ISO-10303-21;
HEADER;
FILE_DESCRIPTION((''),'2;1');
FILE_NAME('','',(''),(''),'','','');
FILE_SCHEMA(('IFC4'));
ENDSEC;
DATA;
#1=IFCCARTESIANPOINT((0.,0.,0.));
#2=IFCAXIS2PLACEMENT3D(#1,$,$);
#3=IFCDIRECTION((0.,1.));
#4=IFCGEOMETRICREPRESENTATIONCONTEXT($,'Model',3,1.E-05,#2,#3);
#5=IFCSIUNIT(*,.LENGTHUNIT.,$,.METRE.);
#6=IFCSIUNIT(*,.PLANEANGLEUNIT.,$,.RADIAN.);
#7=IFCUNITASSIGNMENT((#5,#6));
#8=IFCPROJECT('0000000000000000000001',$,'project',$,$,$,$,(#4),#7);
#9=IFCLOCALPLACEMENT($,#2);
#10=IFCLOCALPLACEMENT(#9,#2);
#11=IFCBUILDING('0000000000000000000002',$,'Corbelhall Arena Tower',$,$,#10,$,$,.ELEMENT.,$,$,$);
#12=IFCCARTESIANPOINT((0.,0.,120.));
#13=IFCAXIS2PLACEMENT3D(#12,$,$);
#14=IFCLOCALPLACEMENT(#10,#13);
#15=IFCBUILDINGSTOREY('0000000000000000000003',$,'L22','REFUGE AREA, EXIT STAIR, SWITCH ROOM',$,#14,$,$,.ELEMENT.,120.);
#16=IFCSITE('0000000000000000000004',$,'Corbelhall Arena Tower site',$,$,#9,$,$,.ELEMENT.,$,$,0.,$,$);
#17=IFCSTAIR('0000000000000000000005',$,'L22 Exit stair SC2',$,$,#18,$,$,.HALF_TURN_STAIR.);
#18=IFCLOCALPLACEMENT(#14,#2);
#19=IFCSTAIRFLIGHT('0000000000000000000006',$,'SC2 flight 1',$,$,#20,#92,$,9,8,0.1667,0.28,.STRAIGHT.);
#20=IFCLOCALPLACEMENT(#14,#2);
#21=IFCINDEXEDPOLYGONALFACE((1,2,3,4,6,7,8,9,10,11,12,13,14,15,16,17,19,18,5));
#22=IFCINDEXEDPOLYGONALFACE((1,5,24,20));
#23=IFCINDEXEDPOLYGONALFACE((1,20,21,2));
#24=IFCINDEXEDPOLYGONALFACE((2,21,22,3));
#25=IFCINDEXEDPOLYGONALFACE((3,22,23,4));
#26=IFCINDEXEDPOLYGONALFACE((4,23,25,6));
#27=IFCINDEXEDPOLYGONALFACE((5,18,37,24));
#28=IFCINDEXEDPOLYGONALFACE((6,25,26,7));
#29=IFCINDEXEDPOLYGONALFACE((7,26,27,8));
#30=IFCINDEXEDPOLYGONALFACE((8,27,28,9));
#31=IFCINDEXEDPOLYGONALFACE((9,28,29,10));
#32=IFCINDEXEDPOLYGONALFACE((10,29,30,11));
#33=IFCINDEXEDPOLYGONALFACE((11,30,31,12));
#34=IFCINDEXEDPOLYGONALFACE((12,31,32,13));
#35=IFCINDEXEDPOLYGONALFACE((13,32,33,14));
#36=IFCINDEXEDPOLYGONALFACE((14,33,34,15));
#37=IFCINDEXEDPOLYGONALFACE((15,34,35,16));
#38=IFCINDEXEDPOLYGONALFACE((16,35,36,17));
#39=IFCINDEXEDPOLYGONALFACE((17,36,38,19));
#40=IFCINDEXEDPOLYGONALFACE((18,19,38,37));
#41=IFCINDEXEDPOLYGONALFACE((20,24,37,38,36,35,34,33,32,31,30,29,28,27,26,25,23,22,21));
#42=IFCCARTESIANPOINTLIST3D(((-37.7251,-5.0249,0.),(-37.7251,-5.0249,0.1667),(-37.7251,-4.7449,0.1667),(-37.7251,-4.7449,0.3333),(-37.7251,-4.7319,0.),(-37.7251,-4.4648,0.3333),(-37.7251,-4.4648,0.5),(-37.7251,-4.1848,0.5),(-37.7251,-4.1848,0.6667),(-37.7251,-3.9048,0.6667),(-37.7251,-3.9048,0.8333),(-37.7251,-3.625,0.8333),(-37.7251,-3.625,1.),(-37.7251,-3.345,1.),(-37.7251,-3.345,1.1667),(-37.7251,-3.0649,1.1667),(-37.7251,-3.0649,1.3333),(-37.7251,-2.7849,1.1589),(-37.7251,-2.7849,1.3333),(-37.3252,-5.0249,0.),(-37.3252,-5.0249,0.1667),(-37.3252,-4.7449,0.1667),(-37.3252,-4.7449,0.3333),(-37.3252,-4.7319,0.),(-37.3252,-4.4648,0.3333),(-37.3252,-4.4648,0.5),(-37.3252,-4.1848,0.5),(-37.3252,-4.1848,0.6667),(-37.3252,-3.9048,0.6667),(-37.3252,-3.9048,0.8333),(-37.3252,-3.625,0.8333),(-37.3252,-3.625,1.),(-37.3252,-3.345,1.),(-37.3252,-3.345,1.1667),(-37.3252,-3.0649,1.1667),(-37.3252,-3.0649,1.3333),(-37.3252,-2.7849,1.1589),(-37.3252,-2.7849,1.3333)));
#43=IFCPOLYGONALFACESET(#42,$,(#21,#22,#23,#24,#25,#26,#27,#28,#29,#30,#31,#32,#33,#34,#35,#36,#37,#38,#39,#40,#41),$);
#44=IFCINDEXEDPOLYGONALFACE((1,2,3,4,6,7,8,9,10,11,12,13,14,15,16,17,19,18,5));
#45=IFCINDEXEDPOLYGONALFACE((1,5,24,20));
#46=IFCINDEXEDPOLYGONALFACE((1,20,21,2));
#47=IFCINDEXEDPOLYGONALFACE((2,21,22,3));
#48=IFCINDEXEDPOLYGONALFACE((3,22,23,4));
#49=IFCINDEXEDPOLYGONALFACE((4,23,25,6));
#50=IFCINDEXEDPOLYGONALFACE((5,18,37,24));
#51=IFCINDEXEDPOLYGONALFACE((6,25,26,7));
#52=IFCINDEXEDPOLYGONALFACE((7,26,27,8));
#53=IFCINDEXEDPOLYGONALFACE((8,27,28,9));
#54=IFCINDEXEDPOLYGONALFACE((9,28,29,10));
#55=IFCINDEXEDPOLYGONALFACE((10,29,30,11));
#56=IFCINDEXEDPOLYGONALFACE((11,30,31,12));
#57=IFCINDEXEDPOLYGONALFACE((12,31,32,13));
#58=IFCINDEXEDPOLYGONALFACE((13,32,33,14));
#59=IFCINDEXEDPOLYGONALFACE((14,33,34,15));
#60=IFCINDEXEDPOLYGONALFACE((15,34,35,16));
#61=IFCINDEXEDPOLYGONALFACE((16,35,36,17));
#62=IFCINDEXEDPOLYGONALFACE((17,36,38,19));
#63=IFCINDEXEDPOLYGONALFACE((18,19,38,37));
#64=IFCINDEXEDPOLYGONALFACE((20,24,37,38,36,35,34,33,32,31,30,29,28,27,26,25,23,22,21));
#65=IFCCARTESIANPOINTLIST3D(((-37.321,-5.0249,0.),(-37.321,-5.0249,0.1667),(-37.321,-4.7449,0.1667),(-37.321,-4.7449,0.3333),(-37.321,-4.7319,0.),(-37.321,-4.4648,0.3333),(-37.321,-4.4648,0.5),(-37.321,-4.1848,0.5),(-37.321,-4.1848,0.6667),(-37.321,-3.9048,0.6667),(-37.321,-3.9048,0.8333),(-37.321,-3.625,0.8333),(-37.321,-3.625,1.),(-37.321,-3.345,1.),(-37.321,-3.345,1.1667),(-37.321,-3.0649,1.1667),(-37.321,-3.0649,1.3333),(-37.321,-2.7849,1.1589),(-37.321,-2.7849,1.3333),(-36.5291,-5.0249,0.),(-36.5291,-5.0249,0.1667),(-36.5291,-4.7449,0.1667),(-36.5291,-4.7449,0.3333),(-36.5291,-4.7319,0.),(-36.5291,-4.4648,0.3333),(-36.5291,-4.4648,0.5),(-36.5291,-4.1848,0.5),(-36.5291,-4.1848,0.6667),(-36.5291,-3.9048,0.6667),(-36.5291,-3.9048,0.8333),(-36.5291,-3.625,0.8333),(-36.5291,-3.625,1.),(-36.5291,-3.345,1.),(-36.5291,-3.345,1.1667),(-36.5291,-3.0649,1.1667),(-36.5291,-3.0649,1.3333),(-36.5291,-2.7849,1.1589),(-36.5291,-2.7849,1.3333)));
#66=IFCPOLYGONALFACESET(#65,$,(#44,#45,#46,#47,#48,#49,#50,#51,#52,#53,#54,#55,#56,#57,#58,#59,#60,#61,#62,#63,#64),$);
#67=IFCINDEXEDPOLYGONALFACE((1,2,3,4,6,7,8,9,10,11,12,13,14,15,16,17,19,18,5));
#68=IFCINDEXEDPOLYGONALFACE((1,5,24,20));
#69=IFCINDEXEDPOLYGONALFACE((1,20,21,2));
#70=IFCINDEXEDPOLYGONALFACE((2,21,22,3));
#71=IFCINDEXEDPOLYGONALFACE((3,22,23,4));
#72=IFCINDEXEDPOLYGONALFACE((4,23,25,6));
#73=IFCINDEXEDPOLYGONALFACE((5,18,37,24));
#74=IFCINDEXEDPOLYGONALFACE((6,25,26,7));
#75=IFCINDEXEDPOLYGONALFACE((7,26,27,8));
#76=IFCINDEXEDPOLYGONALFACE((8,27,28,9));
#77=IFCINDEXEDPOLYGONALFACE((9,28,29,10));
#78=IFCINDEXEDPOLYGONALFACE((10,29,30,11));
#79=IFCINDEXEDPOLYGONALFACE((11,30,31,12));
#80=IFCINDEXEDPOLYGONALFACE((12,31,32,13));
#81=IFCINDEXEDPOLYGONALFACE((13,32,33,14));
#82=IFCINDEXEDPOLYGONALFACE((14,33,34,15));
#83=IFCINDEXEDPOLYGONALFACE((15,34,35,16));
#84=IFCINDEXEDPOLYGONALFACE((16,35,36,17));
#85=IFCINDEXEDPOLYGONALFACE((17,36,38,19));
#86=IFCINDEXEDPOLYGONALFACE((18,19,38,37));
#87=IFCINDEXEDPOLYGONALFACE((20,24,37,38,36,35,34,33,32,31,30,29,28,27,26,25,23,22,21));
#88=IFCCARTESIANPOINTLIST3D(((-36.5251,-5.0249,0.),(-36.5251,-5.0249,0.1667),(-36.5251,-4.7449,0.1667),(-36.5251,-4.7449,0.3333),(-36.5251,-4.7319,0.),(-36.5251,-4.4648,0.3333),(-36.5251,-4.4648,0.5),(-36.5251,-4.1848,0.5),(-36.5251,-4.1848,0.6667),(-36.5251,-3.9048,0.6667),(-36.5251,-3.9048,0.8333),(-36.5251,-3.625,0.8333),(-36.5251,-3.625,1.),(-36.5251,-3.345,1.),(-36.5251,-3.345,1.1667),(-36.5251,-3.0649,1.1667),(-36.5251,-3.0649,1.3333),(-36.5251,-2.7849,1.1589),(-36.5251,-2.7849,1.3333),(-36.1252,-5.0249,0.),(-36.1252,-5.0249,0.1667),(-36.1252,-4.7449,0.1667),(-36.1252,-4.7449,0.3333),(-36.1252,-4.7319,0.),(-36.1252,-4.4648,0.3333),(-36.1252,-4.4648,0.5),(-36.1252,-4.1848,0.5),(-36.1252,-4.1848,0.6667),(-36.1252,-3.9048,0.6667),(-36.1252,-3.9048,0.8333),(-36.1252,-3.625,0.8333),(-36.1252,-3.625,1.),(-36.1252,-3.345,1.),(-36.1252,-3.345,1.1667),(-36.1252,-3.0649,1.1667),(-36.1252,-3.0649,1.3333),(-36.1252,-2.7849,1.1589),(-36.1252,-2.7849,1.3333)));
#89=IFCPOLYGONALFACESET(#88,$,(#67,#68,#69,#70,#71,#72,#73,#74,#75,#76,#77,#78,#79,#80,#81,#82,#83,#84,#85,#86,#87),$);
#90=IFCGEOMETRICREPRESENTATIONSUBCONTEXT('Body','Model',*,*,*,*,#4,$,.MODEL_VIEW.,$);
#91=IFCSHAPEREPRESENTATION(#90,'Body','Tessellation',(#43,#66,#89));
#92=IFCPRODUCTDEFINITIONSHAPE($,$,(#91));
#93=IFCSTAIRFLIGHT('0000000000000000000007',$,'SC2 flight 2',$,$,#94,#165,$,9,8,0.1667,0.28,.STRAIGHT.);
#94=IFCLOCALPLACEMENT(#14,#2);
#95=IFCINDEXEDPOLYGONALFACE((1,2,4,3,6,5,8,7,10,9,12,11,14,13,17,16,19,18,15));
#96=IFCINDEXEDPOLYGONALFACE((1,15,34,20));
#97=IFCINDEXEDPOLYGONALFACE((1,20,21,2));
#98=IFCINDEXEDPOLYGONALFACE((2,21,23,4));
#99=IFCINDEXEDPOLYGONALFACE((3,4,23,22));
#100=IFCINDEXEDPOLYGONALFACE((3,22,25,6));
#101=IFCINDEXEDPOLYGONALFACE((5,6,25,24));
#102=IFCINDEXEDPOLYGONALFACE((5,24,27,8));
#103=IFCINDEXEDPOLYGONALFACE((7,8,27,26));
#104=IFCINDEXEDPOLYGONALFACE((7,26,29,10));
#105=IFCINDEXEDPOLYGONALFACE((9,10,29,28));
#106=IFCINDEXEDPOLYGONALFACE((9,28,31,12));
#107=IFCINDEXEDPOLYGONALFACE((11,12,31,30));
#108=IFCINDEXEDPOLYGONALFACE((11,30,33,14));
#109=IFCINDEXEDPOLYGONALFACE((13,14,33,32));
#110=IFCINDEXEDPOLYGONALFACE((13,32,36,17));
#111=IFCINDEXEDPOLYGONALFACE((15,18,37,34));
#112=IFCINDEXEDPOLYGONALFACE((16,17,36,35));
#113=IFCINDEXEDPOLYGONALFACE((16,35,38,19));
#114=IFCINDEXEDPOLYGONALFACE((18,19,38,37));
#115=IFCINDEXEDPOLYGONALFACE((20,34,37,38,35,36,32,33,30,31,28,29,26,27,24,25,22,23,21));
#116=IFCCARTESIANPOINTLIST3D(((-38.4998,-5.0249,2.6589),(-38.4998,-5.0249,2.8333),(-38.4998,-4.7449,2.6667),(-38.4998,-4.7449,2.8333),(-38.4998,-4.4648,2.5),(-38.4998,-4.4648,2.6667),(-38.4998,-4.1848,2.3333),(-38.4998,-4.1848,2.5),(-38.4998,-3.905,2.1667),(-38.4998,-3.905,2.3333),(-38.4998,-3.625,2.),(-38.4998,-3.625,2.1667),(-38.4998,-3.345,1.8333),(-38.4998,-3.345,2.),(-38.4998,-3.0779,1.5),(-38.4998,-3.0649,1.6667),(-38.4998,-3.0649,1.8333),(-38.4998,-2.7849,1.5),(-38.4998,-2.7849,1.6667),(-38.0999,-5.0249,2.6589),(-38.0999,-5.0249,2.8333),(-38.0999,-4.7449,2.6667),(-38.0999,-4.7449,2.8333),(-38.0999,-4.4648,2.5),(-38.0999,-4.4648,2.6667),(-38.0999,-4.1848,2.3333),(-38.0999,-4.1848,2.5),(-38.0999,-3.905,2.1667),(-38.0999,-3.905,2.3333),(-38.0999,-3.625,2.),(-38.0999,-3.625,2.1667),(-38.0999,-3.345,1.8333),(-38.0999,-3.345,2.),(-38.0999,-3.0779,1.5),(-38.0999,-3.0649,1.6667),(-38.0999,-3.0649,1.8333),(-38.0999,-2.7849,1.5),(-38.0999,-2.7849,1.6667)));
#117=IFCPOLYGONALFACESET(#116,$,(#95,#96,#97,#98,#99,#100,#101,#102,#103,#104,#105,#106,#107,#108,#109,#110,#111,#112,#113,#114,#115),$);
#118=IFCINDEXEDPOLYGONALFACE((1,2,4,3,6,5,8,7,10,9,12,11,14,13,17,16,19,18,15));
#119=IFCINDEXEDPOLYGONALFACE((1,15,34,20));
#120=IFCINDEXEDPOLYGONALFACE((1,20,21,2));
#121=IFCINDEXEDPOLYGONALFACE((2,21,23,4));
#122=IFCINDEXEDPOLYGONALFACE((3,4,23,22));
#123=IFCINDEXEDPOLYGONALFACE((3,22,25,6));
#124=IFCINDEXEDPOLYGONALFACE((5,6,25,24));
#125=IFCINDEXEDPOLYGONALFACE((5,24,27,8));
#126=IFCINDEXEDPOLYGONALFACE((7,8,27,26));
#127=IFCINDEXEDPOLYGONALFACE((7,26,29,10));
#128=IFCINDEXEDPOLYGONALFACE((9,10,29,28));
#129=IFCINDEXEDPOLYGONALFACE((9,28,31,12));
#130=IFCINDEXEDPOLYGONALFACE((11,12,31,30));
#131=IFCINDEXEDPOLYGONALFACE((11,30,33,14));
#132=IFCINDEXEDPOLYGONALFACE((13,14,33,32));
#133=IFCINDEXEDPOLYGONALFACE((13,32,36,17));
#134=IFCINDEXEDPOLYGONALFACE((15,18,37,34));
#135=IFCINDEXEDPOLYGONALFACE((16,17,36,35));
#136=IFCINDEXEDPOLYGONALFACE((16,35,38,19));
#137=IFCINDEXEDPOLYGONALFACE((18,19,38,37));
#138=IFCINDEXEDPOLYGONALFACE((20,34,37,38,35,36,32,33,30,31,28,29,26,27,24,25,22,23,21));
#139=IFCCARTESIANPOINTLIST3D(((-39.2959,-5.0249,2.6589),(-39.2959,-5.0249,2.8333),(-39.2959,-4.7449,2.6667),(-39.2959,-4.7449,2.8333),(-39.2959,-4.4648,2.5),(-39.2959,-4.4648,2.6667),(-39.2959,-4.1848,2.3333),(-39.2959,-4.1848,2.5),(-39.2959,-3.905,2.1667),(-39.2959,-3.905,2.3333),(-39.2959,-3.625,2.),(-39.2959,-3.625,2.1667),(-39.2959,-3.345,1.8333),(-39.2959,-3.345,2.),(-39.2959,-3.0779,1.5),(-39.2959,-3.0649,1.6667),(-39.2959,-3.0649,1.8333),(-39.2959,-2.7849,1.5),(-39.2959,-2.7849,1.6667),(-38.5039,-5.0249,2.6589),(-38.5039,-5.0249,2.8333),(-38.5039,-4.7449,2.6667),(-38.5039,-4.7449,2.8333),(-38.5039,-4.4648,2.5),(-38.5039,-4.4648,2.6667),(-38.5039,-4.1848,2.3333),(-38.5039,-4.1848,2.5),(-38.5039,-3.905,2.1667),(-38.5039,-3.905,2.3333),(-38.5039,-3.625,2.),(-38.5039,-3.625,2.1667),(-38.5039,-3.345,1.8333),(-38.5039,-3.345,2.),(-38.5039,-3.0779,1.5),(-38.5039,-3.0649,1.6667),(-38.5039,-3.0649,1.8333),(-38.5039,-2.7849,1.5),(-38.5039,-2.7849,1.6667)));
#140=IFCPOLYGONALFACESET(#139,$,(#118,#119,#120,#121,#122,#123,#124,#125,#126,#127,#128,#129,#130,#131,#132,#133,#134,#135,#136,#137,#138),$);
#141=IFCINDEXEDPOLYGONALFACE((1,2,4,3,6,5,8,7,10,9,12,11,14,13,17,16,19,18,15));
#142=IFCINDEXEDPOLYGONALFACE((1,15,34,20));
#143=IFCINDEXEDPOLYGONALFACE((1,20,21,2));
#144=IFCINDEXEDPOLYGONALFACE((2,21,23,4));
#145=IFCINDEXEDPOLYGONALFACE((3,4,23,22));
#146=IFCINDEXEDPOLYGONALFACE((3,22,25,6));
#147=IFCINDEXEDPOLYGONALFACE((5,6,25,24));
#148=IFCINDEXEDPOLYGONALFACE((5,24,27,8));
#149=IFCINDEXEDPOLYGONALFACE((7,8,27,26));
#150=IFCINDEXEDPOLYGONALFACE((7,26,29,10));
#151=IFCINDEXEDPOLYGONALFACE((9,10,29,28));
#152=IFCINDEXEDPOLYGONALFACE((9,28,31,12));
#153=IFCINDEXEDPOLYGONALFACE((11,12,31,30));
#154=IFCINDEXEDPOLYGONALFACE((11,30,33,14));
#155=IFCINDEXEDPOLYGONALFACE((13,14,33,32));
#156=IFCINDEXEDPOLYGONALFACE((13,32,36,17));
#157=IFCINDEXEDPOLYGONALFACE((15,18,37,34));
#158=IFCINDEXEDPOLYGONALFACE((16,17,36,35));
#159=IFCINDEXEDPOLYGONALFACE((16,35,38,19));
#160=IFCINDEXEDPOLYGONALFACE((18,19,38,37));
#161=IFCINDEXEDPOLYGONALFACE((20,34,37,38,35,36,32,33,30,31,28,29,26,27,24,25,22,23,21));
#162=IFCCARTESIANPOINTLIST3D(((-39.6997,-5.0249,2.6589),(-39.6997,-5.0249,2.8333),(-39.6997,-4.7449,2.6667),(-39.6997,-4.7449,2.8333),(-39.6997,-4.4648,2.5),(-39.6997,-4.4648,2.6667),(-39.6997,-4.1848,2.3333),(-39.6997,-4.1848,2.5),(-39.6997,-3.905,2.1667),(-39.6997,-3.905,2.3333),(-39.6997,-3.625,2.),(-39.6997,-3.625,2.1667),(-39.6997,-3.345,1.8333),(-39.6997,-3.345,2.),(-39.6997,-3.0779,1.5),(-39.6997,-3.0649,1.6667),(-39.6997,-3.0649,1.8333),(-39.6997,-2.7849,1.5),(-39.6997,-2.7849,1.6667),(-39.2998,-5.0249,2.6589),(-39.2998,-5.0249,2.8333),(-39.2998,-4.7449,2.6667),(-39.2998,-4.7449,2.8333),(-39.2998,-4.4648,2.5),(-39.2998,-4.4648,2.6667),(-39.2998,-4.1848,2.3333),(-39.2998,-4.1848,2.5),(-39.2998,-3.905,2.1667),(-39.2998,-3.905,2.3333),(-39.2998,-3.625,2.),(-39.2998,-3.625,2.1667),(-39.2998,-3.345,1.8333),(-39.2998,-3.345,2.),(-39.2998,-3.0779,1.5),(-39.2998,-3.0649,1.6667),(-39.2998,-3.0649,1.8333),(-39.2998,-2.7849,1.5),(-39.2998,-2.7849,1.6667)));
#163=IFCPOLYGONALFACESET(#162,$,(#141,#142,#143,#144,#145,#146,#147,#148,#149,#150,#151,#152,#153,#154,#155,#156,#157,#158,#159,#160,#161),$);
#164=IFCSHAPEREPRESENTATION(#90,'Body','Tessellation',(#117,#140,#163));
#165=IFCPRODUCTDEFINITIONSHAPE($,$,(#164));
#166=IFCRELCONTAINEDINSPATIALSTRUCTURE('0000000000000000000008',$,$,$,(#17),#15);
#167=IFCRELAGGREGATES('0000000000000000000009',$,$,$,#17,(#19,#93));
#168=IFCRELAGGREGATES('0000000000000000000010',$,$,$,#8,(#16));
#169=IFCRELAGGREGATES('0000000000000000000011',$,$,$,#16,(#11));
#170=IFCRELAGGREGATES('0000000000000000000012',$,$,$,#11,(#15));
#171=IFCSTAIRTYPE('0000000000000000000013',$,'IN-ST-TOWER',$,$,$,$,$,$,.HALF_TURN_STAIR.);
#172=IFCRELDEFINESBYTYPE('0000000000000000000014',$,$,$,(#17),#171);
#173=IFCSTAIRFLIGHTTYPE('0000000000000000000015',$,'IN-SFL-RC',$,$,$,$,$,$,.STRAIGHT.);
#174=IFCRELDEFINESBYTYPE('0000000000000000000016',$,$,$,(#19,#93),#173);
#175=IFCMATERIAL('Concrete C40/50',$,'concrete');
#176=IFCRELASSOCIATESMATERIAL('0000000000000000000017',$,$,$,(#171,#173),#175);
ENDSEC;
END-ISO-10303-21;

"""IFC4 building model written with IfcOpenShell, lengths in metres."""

from ifc_helpers import new_model, si_unit, direction, frame, origin, place, context, subcontext, project, spatial, polyline, outline, extrude, material, type_object, element, aggregate, save


model = new_model("IFC4")

# Units and contexts
model_context = context("Model", 3, precision=1e-05, world=origin(), true_north=direction((0.0, 1.0)))
body_context = subcontext(model_context, "Body", "Model", "MODEL_VIEW")
ifc_project = project(units=[si_unit("LENGTHUNIT", "METRE"), si_unit("PLANEANGLEUNIT", "RADIAN")], contexts=[model_context])

# Site, building, storey
site_placement = place(None, origin())
site = spatial("IfcSite", under=ifc_project, at=site_placement, Name="Corbelhall Arena Tower site", CompositionType="ELEMENT", RefElevation=0.0)
building_placement = place(site_placement, origin())
building = spatial("IfcBuilding", under=site, at=building_placement, Name="Corbelhall Arena Tower", CompositionType="ELEMENT")
storey_placement = place(building_placement, frame((0.0, 0.0, 120.0)))
storey = spatial("IfcBuildingStorey", under=building, at=storey_placement, Name="L22", Description="REFUGE AREA, EXIT STAIR, SWITCH ROOM", CompositionType="ELEMENT", Elevation=120.0)

# Shared definitions
ifc_material_1 = material(Name="Concrete C40/50", Category="concrete")

# Stair, stair flights
stair_type = type_object("IfcStairType", Name="IN-ST-TOWER", PredefinedType="HALF_TURN_STAIR", material=ifc_material_1)
stair_placement = place(storey_placement, origin())
stair = element("IfcStair", 1, at=stair_placement, inside=storey, type_object=stair_type, Name="L22 Exit stair SC2", PredefinedType="HALF_TURN_STAIR")
stair_flight_type = type_object("IfcStairFlightType", Name="IN-SFL-RC", PredefinedType="STRAIGHT", material=ifc_material_1)
stair_flight_1_placement = place(storey_placement, frame((-36.925, -5.0249, 0.0), z_axis=(0.0, 0.0, 1.0), x_axis=(0.0, 1.0, 0.0)))
stair_flight_1 = element("IfcStairFlight", 2, at=stair_flight_1_placement, type_object=stair_flight_type, Name="SC2 flight 1", NumberOfRisers=9, NumberOfTreads=8, PredefinedType="STRAIGHT", RiserHeight=0.1667, TreadLength=0.28, context=body_context, shape_type="SweptSolid", body=[
    extrude(outline(polyline([(0.0, 0.0), (0.0, 0.1667), (0.28, 0.1667), (0.28, 0.3333), (0.5601, 0.3333), (0.5601, 0.5), (0.8401, 0.5), (0.8401, 0.6667), (1.1201, 0.6667), (1.1201, 0.8333), (1.3999, 0.8333), (1.3999, 1.0), (1.6799, 1.0), (1.6799, 1.1667), (1.96, 1.1667), (1.96, 1.3333), (2.24, 1.3333), (2.24, 1.5), (2.24, 1.1589), (0.293, 0.0), (0.0, 0.0)])), frame((0.0, 0.8, 0.0), z_axis=(0.0, -1.0, 0.0), x_axis=(1.0, 0.0, 0.0)), (0.0, 0.0, 1.0), 0.3999),
    extrude(outline(polyline([(0.0, 0.0), (0.0, 0.1667), (0.28, 0.1667), (0.28, 0.3333), (0.5601, 0.3333), (0.5601, 0.5), (0.8401, 0.5), (0.8401, 0.6667), (1.1201, 0.6667), (1.1201, 0.8333), (1.3999, 0.8333), (1.3999, 1.0), (1.6799, 1.0), (1.6799, 1.1667), (1.96, 1.1667), (1.96, 1.3333), (2.24, 1.3333), (2.24, 1.5), (2.24, 1.1589), (0.293, 0.0), (0.0, 0.0)])), frame((0.0, 0.396, 0.0), z_axis=(0.0, -1.0, 0.0), x_axis=(1.0, 0.0, 0.0)), (0.0, 0.0, 1.0), 0.792),
    extrude(outline(polyline([(0.0, 0.0), (0.0, 0.1667), (0.28, 0.1667), (0.28, 0.3333), (0.5601, 0.3333), (0.5601, 0.5), (0.8401, 0.5), (0.8401, 0.6667), (1.1201, 0.6667), (1.1201, 0.8333), (1.3999, 0.8333), (1.3999, 1.0), (1.6799, 1.0), (1.6799, 1.1667), (1.96, 1.1667), (1.96, 1.3333), (2.24, 1.3333), (2.24, 1.5), (2.24, 1.1589), (0.293, 0.0), (0.0, 0.0)])), frame((0.0, -0.3999, 0.0), z_axis=(0.0, -1.0, 0.0), x_axis=(1.0, 0.0, 0.0)), (0.0, 0.0, 1.0), 0.3999),
])
stair_flight_2_placement = place(storey_placement, frame((-38.8999, -2.7849, 1.5), z_axis=(0.0, 0.0, 1.0), x_axis=(0.0, -1.0, 0.0)))
stair_flight_2 = element("IfcStairFlight", 3, at=stair_flight_2_placement, type_object=stair_flight_type, Name="SC2 flight 2", NumberOfRisers=9, NumberOfTreads=8, PredefinedType="STRAIGHT", RiserHeight=0.1667, TreadLength=0.28, context=body_context, shape_type="SweptSolid", body=[
    extrude(outline(polyline([(0.0, 0.0), (0.0, 0.1667), (0.28, 0.1667), (0.28, 0.3333), (0.5601, 0.3333), (0.5601, 0.5), (0.8401, 0.5), (0.8401, 0.6667), (1.1201, 0.6667), (1.1201, 0.8333), (1.3999, 0.8333), (1.3999, 1.0), (1.6799, 1.0), (1.6799, 1.1667), (1.96, 1.1667), (1.96, 1.3333), (2.24, 1.3333), (2.24, 1.5), (2.24, 1.1589), (0.293, 0.0), (0.0, 0.0)])), frame((0.0, 0.8, 0.0), z_axis=(0.0, -1.0, 0.0), x_axis=(1.0, 0.0, 0.0)), (0.0, 0.0, 1.0), 0.3999),
    extrude(outline(polyline([(0.0, 0.0), (0.0, 0.1667), (0.28, 0.1667), (0.28, 0.3333), (0.5601, 0.3333), (0.5601, 0.5), (0.8401, 0.5), (0.8401, 0.6667), (1.1201, 0.6667), (1.1201, 0.8333), (1.3999, 0.8333), (1.3999, 1.0), (1.6799, 1.0), (1.6799, 1.1667), (1.96, 1.1667), (1.96, 1.3333), (2.24, 1.3333), (2.24, 1.5), (2.24, 1.1589), (0.293, 0.0), (0.0, 0.0)])), frame((0.0, 0.396, 0.0), z_axis=(0.0, -1.0, 0.0), x_axis=(1.0, 0.0, 0.0)), (0.0, 0.0, 1.0), 0.792),
    extrude(outline(polyline([(0.0, 0.0), (0.0, 0.1667), (0.28, 0.1667), (0.28, 0.3333), (0.5601, 0.3333), (0.5601, 0.5), (0.8401, 0.5), (0.8401, 0.6667), (1.1201, 0.6667), (1.1201, 0.8333), (1.3999, 0.8333), (1.3999, 1.0), (1.6799, 1.0), (1.6799, 1.1667), (1.96, 1.1667), (1.96, 1.3333), (2.24, 1.3333), (2.24, 1.5), (2.24, 1.1589), (0.293, 0.0), (0.0, 0.0)])), frame((0.0, -0.3999, 0.0), z_axis=(0.0, -1.0, 0.0), x_axis=(1.0, 0.0, 0.0)), (0.0, 0.0, 1.0), 0.3999),
])
aggregate(stair, [stair_flight_1, stair_flight_2])

save(model, "model.ifc")
